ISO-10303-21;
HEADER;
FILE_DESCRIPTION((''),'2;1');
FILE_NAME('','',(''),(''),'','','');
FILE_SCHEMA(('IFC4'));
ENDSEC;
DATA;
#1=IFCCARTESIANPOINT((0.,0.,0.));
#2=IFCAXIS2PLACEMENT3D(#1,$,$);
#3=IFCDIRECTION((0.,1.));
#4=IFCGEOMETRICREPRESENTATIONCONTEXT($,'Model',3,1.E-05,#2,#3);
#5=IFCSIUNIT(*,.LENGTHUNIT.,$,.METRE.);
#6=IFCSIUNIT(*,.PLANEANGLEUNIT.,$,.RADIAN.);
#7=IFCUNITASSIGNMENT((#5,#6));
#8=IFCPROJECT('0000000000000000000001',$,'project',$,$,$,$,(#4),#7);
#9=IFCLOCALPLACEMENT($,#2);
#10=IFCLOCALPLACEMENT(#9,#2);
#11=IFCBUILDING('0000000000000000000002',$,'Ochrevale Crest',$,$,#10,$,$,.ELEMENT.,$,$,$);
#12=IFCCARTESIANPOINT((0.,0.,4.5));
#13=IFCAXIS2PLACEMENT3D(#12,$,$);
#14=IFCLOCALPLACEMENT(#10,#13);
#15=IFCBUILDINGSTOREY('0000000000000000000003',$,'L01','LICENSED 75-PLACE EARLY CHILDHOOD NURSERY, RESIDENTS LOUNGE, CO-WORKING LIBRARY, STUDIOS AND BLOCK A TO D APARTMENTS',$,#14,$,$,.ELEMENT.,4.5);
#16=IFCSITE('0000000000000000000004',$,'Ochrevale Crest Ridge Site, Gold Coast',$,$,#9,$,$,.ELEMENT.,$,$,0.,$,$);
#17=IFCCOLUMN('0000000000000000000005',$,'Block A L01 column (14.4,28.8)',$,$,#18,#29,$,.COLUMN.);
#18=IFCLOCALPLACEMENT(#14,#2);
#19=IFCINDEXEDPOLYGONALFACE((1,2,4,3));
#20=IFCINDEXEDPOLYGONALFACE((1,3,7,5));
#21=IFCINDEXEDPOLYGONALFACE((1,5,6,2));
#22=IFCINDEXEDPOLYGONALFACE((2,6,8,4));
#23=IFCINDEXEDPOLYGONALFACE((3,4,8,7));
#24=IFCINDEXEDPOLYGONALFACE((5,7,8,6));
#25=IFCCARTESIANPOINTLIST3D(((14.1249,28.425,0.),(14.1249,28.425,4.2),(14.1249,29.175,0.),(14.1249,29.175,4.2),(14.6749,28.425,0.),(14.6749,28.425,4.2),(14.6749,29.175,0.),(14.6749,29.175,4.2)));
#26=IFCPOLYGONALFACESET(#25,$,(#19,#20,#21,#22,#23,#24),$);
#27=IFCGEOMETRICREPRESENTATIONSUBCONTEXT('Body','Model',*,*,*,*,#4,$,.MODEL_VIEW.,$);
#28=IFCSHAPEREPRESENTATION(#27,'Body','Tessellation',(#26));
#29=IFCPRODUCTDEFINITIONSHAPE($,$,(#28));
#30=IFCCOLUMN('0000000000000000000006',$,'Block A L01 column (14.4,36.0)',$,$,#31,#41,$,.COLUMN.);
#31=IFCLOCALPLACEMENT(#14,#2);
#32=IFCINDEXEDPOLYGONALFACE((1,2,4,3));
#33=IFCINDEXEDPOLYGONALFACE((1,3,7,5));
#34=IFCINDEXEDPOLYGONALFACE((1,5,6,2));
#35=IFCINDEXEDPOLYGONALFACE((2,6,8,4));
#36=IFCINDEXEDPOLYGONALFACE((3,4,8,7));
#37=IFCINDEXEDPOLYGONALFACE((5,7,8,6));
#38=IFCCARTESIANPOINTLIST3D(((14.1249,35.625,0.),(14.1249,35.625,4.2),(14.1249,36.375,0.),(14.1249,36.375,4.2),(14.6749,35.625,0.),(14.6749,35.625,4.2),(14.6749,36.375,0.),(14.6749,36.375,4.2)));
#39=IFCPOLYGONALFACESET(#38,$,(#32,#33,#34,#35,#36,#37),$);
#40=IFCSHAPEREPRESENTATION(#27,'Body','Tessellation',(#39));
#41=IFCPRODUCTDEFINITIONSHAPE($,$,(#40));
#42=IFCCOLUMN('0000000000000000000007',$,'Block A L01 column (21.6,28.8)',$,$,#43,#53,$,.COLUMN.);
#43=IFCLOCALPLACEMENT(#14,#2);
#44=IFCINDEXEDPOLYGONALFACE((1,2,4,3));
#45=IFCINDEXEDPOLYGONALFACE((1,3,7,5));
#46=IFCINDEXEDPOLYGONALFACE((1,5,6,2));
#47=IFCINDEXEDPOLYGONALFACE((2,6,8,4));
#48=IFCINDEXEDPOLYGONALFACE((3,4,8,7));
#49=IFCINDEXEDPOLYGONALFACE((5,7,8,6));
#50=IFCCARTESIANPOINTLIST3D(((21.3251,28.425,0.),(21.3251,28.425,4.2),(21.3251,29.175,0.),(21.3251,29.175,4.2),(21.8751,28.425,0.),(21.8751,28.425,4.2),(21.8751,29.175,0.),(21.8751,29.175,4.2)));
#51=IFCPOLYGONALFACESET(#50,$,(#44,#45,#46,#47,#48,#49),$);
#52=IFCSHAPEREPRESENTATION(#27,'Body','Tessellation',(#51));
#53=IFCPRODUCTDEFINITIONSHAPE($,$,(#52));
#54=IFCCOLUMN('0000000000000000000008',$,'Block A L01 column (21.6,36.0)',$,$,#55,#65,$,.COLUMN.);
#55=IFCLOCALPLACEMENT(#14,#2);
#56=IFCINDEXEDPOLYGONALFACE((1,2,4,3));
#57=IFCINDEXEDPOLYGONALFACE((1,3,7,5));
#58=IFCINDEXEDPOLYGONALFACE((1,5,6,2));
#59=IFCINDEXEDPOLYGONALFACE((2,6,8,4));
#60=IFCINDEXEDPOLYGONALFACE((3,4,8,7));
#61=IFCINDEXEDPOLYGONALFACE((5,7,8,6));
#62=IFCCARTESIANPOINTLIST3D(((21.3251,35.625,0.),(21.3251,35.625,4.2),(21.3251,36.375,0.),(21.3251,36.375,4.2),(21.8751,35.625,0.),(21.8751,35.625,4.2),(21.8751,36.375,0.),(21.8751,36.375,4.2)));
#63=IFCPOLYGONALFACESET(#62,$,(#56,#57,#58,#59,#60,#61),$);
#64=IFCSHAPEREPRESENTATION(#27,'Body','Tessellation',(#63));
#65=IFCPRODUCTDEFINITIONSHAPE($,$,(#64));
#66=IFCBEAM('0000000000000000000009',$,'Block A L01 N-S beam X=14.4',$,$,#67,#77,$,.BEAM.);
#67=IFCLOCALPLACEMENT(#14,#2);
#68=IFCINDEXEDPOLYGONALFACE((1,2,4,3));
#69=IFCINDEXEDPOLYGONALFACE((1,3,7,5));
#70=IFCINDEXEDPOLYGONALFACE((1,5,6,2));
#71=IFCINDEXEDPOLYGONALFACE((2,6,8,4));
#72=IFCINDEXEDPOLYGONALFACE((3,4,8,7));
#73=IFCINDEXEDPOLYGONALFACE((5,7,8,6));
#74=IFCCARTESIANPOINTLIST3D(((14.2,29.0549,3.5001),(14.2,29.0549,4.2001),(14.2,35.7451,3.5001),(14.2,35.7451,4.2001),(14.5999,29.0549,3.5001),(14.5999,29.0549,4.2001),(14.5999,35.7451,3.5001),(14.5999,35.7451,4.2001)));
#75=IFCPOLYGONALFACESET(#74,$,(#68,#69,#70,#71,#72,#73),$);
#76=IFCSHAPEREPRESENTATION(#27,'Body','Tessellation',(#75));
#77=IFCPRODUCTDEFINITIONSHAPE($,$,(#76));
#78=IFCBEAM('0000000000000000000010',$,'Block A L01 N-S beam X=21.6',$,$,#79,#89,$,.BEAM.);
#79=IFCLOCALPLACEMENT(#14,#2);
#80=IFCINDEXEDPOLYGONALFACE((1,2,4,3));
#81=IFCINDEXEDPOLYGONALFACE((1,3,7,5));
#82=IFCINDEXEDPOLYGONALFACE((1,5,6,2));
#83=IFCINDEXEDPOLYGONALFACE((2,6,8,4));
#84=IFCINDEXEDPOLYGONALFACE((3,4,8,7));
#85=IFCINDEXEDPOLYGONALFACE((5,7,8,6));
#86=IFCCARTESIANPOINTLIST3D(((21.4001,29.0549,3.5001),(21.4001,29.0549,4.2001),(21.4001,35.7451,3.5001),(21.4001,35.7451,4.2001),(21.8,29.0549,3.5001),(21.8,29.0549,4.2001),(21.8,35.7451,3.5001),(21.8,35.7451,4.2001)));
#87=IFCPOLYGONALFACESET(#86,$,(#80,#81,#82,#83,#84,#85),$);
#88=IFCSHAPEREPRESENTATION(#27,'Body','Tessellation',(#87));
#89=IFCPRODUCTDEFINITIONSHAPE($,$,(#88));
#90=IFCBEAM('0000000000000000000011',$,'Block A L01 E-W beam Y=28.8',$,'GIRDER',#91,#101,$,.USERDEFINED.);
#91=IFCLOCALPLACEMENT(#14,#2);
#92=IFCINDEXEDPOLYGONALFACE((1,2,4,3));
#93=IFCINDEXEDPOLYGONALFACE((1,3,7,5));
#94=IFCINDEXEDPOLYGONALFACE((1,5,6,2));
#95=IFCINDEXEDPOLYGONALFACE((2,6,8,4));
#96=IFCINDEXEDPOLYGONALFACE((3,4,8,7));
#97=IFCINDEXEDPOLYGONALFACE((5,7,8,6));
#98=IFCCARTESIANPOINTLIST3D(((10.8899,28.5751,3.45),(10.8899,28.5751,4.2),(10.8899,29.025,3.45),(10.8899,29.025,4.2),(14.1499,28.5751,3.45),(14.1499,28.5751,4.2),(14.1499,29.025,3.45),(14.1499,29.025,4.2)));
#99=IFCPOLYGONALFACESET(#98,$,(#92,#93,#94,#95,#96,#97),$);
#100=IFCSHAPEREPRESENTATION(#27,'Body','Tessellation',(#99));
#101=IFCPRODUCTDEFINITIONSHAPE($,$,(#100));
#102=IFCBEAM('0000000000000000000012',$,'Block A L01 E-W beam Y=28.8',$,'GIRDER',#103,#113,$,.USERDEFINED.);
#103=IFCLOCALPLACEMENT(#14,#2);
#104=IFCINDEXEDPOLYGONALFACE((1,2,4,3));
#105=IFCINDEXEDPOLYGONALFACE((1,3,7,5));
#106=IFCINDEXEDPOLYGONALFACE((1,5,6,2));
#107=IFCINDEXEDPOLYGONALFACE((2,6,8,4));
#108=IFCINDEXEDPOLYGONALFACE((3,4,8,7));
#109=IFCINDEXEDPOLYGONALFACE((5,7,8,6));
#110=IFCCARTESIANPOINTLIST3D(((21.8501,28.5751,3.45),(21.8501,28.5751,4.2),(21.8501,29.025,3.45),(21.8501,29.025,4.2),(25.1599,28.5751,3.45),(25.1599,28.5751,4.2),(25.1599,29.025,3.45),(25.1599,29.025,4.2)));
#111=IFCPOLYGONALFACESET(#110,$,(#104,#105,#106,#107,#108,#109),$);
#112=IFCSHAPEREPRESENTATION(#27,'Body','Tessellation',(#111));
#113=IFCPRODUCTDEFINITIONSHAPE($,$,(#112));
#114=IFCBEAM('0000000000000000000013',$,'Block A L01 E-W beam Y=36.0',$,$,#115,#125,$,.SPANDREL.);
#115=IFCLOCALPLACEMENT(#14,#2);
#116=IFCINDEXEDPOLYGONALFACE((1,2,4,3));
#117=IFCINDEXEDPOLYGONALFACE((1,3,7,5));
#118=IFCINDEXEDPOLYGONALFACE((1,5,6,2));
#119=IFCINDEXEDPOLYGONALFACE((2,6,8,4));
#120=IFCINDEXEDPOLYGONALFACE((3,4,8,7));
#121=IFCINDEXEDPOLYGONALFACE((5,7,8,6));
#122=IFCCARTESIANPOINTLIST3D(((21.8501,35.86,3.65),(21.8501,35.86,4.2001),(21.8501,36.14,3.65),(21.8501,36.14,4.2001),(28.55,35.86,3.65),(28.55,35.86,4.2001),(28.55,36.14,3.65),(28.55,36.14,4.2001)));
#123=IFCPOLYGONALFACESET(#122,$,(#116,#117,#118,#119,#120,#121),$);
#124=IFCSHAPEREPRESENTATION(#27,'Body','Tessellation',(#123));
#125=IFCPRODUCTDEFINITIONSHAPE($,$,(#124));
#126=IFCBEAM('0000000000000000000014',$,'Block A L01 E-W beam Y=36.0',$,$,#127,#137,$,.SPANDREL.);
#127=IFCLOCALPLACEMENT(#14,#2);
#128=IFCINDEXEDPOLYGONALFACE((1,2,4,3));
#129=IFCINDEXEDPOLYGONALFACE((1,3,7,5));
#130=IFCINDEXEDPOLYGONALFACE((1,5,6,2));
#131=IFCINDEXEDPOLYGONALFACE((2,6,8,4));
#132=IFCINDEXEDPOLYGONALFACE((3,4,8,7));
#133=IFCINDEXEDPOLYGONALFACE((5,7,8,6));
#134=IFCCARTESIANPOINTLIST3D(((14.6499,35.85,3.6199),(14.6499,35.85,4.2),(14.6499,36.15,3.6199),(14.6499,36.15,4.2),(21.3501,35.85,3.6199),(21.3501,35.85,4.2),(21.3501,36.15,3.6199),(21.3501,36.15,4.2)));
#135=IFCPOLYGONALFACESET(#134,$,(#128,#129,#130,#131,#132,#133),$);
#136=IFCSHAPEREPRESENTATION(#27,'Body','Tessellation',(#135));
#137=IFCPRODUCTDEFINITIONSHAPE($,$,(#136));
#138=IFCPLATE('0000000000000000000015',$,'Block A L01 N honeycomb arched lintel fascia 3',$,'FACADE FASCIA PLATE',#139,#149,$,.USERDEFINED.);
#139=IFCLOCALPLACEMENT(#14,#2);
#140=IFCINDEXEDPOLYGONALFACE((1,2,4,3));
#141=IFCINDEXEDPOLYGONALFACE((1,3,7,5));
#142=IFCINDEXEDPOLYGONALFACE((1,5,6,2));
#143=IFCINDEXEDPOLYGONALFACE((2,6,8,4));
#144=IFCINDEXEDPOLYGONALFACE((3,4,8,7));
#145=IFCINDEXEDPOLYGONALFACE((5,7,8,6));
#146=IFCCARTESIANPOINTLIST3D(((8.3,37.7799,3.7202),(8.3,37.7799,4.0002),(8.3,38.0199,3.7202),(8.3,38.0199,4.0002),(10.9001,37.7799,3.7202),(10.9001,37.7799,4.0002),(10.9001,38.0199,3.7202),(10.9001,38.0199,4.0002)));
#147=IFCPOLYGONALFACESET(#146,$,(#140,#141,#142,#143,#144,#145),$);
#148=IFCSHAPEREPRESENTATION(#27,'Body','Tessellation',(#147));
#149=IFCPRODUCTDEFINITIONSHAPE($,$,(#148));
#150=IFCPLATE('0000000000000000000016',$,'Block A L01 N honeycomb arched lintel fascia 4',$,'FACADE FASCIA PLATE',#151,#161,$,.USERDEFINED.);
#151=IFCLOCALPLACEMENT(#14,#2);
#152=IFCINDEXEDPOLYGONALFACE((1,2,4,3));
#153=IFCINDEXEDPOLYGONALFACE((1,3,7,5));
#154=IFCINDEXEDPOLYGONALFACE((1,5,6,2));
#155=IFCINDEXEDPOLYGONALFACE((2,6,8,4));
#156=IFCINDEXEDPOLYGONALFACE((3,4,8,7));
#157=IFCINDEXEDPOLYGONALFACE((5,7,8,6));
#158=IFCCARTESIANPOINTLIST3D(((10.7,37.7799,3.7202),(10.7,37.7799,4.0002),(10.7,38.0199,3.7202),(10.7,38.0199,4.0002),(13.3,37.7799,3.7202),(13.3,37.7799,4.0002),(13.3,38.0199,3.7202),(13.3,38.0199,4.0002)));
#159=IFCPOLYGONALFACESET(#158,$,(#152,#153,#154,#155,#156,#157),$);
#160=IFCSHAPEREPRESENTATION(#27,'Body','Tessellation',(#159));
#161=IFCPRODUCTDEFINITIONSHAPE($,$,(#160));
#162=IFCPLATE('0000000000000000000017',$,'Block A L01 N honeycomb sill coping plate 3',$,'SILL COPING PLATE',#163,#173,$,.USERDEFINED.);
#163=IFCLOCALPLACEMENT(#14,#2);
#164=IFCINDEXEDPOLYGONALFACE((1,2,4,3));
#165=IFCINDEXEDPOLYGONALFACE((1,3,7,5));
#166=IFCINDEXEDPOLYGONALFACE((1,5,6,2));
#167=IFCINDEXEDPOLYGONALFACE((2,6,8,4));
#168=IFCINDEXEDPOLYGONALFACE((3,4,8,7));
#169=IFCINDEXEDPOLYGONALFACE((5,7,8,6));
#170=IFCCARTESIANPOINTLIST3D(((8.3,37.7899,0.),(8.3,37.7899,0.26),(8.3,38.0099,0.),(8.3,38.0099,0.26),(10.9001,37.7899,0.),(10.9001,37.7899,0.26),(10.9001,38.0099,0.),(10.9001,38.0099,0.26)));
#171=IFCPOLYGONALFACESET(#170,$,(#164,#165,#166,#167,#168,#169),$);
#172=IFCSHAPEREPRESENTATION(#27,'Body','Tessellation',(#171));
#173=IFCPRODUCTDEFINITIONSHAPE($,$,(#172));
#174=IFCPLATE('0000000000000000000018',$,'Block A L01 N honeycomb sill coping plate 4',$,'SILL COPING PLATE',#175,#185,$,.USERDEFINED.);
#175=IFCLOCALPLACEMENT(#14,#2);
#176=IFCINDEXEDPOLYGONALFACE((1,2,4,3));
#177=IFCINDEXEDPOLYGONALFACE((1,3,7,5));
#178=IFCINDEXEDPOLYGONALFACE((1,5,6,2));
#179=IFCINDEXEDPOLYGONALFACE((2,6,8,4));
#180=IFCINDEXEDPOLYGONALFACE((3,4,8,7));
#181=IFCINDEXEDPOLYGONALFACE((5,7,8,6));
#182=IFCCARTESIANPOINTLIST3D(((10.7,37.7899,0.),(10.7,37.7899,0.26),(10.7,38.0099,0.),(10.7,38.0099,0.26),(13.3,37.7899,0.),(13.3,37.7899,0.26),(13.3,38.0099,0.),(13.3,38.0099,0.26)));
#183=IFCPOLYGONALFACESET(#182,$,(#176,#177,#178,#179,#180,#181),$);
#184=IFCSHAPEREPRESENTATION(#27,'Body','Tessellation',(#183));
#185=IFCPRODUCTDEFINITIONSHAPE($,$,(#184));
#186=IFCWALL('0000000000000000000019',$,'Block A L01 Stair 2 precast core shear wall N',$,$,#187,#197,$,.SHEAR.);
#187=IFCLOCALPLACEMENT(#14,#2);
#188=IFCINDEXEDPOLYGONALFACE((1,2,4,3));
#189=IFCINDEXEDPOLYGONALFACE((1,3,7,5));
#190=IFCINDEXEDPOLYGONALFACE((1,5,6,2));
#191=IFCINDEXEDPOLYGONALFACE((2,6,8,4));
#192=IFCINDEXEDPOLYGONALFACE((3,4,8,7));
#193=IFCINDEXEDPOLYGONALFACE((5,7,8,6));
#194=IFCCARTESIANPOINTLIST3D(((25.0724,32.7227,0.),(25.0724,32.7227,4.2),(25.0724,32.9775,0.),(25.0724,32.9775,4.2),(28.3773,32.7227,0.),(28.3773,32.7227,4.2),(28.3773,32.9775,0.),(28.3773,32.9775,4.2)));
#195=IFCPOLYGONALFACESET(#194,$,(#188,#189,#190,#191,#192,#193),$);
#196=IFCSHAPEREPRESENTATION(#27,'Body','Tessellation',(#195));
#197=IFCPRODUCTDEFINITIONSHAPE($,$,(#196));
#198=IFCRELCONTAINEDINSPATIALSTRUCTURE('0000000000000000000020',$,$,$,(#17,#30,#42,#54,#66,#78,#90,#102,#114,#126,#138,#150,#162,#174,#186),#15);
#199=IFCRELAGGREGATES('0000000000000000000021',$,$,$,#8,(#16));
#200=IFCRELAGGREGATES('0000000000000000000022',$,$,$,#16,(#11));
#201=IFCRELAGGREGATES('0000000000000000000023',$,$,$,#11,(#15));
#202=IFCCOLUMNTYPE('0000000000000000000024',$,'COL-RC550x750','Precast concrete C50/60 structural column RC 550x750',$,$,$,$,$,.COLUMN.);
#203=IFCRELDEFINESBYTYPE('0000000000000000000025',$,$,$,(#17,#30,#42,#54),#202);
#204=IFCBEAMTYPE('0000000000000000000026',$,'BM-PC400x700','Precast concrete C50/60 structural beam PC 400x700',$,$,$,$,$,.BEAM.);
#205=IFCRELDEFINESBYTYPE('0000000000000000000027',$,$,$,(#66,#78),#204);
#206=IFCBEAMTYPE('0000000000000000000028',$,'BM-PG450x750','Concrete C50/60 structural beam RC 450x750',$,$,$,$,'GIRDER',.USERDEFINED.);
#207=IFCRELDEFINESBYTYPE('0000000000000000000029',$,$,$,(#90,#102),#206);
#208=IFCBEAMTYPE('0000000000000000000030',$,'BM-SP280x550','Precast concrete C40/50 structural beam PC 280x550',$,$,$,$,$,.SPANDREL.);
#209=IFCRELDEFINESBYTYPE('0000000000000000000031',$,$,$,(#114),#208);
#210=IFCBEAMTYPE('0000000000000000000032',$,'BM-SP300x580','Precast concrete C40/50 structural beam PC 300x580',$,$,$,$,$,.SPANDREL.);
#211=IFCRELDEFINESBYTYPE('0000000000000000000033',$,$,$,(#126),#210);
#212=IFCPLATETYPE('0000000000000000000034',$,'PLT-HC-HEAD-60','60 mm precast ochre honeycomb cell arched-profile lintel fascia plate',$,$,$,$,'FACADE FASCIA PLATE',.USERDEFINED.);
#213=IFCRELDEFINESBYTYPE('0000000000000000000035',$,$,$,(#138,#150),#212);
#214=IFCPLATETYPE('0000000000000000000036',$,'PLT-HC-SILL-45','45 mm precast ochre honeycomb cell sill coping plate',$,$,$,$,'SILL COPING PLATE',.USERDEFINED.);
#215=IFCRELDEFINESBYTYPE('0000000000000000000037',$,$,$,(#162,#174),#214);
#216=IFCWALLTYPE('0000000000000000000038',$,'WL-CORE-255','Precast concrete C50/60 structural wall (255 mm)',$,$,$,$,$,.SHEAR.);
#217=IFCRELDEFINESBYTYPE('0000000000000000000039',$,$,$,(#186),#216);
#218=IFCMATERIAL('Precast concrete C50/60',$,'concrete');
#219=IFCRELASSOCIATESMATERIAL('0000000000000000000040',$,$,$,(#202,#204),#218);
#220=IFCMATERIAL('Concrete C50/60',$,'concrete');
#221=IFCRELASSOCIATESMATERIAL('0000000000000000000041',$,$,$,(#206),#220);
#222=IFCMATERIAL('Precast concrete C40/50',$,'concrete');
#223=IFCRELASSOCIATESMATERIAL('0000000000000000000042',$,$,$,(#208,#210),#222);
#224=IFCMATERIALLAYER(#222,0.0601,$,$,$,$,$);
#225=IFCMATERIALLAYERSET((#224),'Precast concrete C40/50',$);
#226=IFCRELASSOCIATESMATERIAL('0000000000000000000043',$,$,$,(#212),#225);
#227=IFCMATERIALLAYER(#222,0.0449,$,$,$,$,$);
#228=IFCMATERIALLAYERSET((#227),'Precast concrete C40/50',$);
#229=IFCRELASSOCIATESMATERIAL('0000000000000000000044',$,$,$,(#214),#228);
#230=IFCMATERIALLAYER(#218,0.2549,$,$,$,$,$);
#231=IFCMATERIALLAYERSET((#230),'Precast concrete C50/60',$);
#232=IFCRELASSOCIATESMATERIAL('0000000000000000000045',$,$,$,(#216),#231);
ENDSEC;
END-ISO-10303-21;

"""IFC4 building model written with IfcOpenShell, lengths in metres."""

from ifc_helpers import new_model, si_unit, direction, frame, frame_2d, origin, origin_2d, place, context, subcontext, project, spatial, rectangle, extrude, material, layer, layer_set, material_profile, profile_set, type_object, element, save


model = new_model("IFC4")

# Units and contexts
model_context = context("Model", 3, precision=1e-05, world=origin(), true_north=direction((0.0, 1.0)))
body_context = subcontext(model_context, "Body", "Model", "MODEL_VIEW")
ifc_project = project(units=[si_unit("LENGTHUNIT", "METRE"), si_unit("PLANEANGLEUNIT", "RADIAN")], contexts=[model_context])

# Site, building, storey
site_placement = place(None, origin())
site = spatial("IfcSite", under=ifc_project, at=site_placement, Name="Ochrevale Crest Ridge Site, Gold Coast", CompositionType="ELEMENT", RefElevation=0.0)
building_placement = place(site_placement, origin())
building = spatial("IfcBuilding", under=site, at=building_placement, Name="Ochrevale Crest", CompositionType="ELEMENT")
storey_placement = place(building_placement, frame((0.0, 0.0, 4.5)))
storey = spatial("IfcBuildingStorey", under=building, at=storey_placement, Name="L01", Description="LICENSED 75-PLACE EARLY CHILDHOOD NURSERY, RESIDENTS LOUNGE, CO-WORKING LIBRARY, STUDIOS AND BLOCK A TO D APARTMENTS", CompositionType="ELEMENT", Elevation=4.5)

# Columns
ifc_material_1 = material(Name="Precast concrete C50/60", Category="concrete")
ifc_material_profile_1 = material_profile(ifc_material_1, rectangle(XDim=0.55, YDim=0.75, at=origin_2d()), Name="RC 550x750")
ifc_profile_set_1 = profile_set([ifc_material_profile_1], Name="Precast concrete C50/60")
column_type = type_object("IfcColumnType", Name="COL-RC550x750", Description="Precast concrete C50/60 structural column RC 550x750", PredefinedType="COLUMN", material=ifc_profile_set_1)
for number, where, z_axis, x_axis, name in (
    (1, (14.3999, 28.8, 0.0), (0.0, 0.0, 1.0), (1.0, 0.0, 0.0), "Block A L01 column (14.4,28.8)"),
    (2, (14.3999, 36.0, 0.0), (0.0, 0.0, 1.0), (1.0, 0.0, 0.0), "Block A L01 column (14.4,36.0)"),
    (3, (21.6001, 28.8, 0.0), (0.0, 0.0, 1.0), (1.0, 0.0, 0.0), "Block A L01 column (21.6,28.8)"),
    (4, (21.6001, 36.0, 0.0), (0.0, 0.0, 1.0), (1.0, 0.0, 0.0), "Block A L01 column (21.6,36.0)"),
):
    element("IfcColumn", number, at=place(storey_placement, frame(where, z_axis=z_axis, x_axis=x_axis)), inside=storey, type_object=column_type, Name=name, PredefinedType="COLUMN", context=body_context, shape_type="SweptSolid", body=[
        extrude(rectangle(XDim=0.55, YDim=0.75, at=origin_2d()), origin(), (0.0, 0.0, 1.0), 4.2),
    ])

# Beams
ifc_material_profile_2 = material_profile(ifc_material_1, rectangle(XDim=0.3999, YDim=0.7, at=origin_2d()), Name="PC 400x700")
ifc_profile_set_2 = profile_set([ifc_material_profile_2], Name="Precast concrete C50/60")
beam_type_1 = type_object("IfcBeamType", Name="BM-PC400x700", Description="Precast concrete C50/60 structural beam PC 400x700", PredefinedType="BEAM", material=ifc_profile_set_2)
for number, where, z_axis, x_axis, name in (
    (5, (14.3999, 29.0549, 3.8501), (0.0, 1.0, 0.0), (-1.0, 0.0, 0.0), "Block A L01 N-S beam X=14.4"),
    (6, (21.6001, 29.0549, 3.8501), (0.0, 1.0, 0.0), (-1.0, 0.0, 0.0), "Block A L01 N-S beam X=21.6"),
):
    element("IfcBeam", number, at=place(storey_placement, frame(where, z_axis=z_axis, x_axis=x_axis)), inside=storey, type_object=beam_type_1, Name=name, PredefinedType="BEAM", context=body_context, shape_type="SweptSolid", body=[
        extrude(rectangle(XDim=0.3999, YDim=0.7, at=origin_2d()), origin(), (0.0, 0.0, 1.0), 6.6902),
    ])
ifc_material_2 = material(Name="Concrete C50/60", Category="concrete")
ifc_material_profile_3 = material_profile(ifc_material_2, rectangle(XDim=0.45, YDim=0.75, at=origin_2d()), Name="RC 450x750")
ifc_profile_set_3 = profile_set([ifc_material_profile_3], Name="Concrete C50/60")
beam_type_2 = type_object("IfcBeamType", Name="BM-PG450x750", Description="Concrete C50/60 structural beam RC 450x750", ElementType="GIRDER", PredefinedType="USERDEFINED", material=ifc_profile_set_3)
beam_1_placement = place(storey_placement, frame((10.8899, 28.8, 3.825), z_axis=(1.0, 0.0, 0.0), x_axis=(0.0, 1.0, 0.0)))
element("IfcBeam", 7, at=beam_1_placement, inside=storey, type_object=beam_type_2, Name="Block A L01 E-W beam Y=28.8", ObjectType="GIRDER", PredefinedType="USERDEFINED", context=body_context, shape_type="SweptSolid", body=[
    extrude(rectangle(XDim=0.45, YDim=0.75, at=origin_2d()), origin(), (0.0, 0.0, 1.0), 3.26),
])
beam_2_placement = place(storey_placement, frame((21.8501, 28.8, 3.825), z_axis=(1.0, 0.0, 0.0), x_axis=(0.0, 1.0, 0.0)))
element("IfcBeam", 8, at=beam_2_placement, inside=storey, type_object=beam_type_2, Name="Block A L01 E-W beam Y=28.8", ObjectType="GIRDER", PredefinedType="USERDEFINED", context=body_context, shape_type="SweptSolid", body=[
    extrude(rectangle(XDim=0.45, YDim=0.75, at=origin_2d()), origin(), (0.0, 0.0, 1.0), 3.3098),
])
ifc_material_3 = material(Name="Precast concrete C40/50", Category="concrete")
ifc_material_profile_4 = material_profile(ifc_material_3, rectangle(XDim=0.28, YDim=0.55, at=origin_2d()), Name="PC 280x550")
ifc_profile_set_4 = profile_set([ifc_material_profile_4], Name="Precast concrete C40/50")
beam_type_3 = type_object("IfcBeamType", Name="BM-SP280x550", Description="Precast concrete C40/50 structural beam PC 280x550", PredefinedType="SPANDREL", material=ifc_profile_set_4)
beam_3_placement = place(storey_placement, frame((21.8501, 36.0, 3.925), z_axis=(1.0, 0.0, 0.0), x_axis=(0.0, 1.0, 0.0)))
element("IfcBeam", 9, at=beam_3_placement, inside=storey, type_object=beam_type_3, Name="Block A L01 E-W beam Y=36.0", PredefinedType="SPANDREL", context=body_context, shape_type="SweptSolid", body=[
    extrude(rectangle(XDim=0.28, YDim=0.55, at=origin_2d()), origin(), (0.0, 0.0, 1.0), 6.7),
])
ifc_material_profile_5 = material_profile(ifc_material_3, rectangle(XDim=0.3, YDim=0.5801, at=origin_2d()), Name="PC 300x580")
ifc_profile_set_5 = profile_set([ifc_material_profile_5], Name="Precast concrete C40/50")
beam_type_4 = type_object("IfcBeamType", Name="BM-SP300x580", Description="Precast concrete C40/50 structural beam PC 300x580", PredefinedType="SPANDREL", material=ifc_profile_set_5)
beam_4_placement = place(storey_placement, frame((14.6499, 36.0, 3.9099), z_axis=(1.0, 0.0, 0.0), x_axis=(0.0, 1.0, 0.0)))
element("IfcBeam", 10, at=beam_4_placement, inside=storey, type_object=beam_type_4, Name="Block A L01 E-W beam Y=36.0", PredefinedType="SPANDREL", context=body_context, shape_type="SweptSolid", body=[
    extrude(rectangle(XDim=0.3, YDim=0.5801, at=origin_2d()), origin(), (0.0, 0.0, 1.0), 6.7002),
])

# Plates
ifc_layer_1 = layer(ifc_material_3, 0.0601)
ifc_layer_set_1 = layer_set([ifc_layer_1], Name="Precast concrete C40/50")
plate_type_1 = type_object("IfcPlateType", Name="PLT-HC-HEAD-60", Description="60 mm precast ochre honeycomb cell arched-profile lintel fascia plate", ElementType="FACADE FASCIA PLATE", PredefinedType="USERDEFINED", material=ifc_layer_set_1)
for number, where, z_axis, x_axis, name in (
    (11, (9.6001, 37.8999, 3.7202), (0.0, 0.0, 1.0), (1.0, 0.0, 0.0), "Block A L01 N honeycomb arched lintel fascia 3"),
    (12, (12.0, 37.8999, 3.7202), (0.0, 0.0, 1.0), (1.0, 0.0, 0.0), "Block A L01 N honeycomb arched lintel fascia 4"),
):
    element("IfcPlate", number, at=place(storey_placement, frame(where, z_axis=z_axis, x_axis=x_axis)), inside=storey, type_object=plate_type_1, Name=name, ObjectType="FACADE FASCIA PLATE", PredefinedType="USERDEFINED", context=body_context, shape_type="SweptSolid", body=[
        extrude(rectangle(XDim=2.6001, YDim=0.24, at=origin_2d()), origin(), (0.0, 0.0, 1.0), 0.28),
    ])
ifc_layer_2 = layer(ifc_material_3, 0.0449)
ifc_layer_set_2 = layer_set([ifc_layer_2], Name="Precast concrete C40/50")
plate_type_2 = type_object("IfcPlateType", Name="PLT-HC-SILL-45", Description="45 mm precast ochre honeycomb cell sill coping plate", ElementType="SILL COPING PLATE", PredefinedType="USERDEFINED", material=ifc_layer_set_2)
for number, where, z_axis, x_axis, name in (
    (13, (9.6001, 37.8999, 0.0), (0.0, 0.0, 1.0), (1.0, 0.0, 0.0), "Block A L01 N honeycomb sill coping plate 3"),
    (14, (12.0, 37.8999, 0.0), (0.0, 0.0, 1.0), (1.0, 0.0, 0.0), "Block A L01 N honeycomb sill coping plate 4"),
):
    element("IfcPlate", number, at=place(storey_placement, frame(where, z_axis=z_axis, x_axis=x_axis)), inside=storey, type_object=plate_type_2, Name=name, ObjectType="SILL COPING PLATE", PredefinedType="USERDEFINED", context=body_context, shape_type="SweptSolid", body=[
        extrude(rectangle(XDim=2.6001, YDim=0.22, at=origin_2d()), origin(), (0.0, 0.0, 1.0), 0.26),
    ])

# Wall
ifc_layer_3 = layer(ifc_material_1, 0.2549)
ifc_layer_set_3 = layer_set([ifc_layer_3], Name="Precast concrete C50/60")
wall_type_1 = type_object("IfcWallType", Name="WL-CORE-255", Description="Precast concrete C50/60 structural wall (255 mm)", PredefinedType="SHEAR", material=ifc_layer_set_3)
wall_1_placement = place(storey_placement, frame((25.0725, 32.8501, 0.0), z_axis=(0.0, 0.0, 1.0), x_axis=(1.0, 0.0, 0.0)))
element("IfcWall", 15, at=wall_1_placement, inside=storey, type_object=wall_type_1, Name="Block A L01 Stair 2 precast core shear wall N", PredefinedType="SHEAR", context=body_context, shape_type="SweptSolid", body=[
    extrude(rectangle(XDim=3.3049, YDim=0.2549, at=frame_2d((1.6523, 0.0))), origin(), (0.0, 0.0, 1.0), 4.2),
])

save(model, "model.ifc")
